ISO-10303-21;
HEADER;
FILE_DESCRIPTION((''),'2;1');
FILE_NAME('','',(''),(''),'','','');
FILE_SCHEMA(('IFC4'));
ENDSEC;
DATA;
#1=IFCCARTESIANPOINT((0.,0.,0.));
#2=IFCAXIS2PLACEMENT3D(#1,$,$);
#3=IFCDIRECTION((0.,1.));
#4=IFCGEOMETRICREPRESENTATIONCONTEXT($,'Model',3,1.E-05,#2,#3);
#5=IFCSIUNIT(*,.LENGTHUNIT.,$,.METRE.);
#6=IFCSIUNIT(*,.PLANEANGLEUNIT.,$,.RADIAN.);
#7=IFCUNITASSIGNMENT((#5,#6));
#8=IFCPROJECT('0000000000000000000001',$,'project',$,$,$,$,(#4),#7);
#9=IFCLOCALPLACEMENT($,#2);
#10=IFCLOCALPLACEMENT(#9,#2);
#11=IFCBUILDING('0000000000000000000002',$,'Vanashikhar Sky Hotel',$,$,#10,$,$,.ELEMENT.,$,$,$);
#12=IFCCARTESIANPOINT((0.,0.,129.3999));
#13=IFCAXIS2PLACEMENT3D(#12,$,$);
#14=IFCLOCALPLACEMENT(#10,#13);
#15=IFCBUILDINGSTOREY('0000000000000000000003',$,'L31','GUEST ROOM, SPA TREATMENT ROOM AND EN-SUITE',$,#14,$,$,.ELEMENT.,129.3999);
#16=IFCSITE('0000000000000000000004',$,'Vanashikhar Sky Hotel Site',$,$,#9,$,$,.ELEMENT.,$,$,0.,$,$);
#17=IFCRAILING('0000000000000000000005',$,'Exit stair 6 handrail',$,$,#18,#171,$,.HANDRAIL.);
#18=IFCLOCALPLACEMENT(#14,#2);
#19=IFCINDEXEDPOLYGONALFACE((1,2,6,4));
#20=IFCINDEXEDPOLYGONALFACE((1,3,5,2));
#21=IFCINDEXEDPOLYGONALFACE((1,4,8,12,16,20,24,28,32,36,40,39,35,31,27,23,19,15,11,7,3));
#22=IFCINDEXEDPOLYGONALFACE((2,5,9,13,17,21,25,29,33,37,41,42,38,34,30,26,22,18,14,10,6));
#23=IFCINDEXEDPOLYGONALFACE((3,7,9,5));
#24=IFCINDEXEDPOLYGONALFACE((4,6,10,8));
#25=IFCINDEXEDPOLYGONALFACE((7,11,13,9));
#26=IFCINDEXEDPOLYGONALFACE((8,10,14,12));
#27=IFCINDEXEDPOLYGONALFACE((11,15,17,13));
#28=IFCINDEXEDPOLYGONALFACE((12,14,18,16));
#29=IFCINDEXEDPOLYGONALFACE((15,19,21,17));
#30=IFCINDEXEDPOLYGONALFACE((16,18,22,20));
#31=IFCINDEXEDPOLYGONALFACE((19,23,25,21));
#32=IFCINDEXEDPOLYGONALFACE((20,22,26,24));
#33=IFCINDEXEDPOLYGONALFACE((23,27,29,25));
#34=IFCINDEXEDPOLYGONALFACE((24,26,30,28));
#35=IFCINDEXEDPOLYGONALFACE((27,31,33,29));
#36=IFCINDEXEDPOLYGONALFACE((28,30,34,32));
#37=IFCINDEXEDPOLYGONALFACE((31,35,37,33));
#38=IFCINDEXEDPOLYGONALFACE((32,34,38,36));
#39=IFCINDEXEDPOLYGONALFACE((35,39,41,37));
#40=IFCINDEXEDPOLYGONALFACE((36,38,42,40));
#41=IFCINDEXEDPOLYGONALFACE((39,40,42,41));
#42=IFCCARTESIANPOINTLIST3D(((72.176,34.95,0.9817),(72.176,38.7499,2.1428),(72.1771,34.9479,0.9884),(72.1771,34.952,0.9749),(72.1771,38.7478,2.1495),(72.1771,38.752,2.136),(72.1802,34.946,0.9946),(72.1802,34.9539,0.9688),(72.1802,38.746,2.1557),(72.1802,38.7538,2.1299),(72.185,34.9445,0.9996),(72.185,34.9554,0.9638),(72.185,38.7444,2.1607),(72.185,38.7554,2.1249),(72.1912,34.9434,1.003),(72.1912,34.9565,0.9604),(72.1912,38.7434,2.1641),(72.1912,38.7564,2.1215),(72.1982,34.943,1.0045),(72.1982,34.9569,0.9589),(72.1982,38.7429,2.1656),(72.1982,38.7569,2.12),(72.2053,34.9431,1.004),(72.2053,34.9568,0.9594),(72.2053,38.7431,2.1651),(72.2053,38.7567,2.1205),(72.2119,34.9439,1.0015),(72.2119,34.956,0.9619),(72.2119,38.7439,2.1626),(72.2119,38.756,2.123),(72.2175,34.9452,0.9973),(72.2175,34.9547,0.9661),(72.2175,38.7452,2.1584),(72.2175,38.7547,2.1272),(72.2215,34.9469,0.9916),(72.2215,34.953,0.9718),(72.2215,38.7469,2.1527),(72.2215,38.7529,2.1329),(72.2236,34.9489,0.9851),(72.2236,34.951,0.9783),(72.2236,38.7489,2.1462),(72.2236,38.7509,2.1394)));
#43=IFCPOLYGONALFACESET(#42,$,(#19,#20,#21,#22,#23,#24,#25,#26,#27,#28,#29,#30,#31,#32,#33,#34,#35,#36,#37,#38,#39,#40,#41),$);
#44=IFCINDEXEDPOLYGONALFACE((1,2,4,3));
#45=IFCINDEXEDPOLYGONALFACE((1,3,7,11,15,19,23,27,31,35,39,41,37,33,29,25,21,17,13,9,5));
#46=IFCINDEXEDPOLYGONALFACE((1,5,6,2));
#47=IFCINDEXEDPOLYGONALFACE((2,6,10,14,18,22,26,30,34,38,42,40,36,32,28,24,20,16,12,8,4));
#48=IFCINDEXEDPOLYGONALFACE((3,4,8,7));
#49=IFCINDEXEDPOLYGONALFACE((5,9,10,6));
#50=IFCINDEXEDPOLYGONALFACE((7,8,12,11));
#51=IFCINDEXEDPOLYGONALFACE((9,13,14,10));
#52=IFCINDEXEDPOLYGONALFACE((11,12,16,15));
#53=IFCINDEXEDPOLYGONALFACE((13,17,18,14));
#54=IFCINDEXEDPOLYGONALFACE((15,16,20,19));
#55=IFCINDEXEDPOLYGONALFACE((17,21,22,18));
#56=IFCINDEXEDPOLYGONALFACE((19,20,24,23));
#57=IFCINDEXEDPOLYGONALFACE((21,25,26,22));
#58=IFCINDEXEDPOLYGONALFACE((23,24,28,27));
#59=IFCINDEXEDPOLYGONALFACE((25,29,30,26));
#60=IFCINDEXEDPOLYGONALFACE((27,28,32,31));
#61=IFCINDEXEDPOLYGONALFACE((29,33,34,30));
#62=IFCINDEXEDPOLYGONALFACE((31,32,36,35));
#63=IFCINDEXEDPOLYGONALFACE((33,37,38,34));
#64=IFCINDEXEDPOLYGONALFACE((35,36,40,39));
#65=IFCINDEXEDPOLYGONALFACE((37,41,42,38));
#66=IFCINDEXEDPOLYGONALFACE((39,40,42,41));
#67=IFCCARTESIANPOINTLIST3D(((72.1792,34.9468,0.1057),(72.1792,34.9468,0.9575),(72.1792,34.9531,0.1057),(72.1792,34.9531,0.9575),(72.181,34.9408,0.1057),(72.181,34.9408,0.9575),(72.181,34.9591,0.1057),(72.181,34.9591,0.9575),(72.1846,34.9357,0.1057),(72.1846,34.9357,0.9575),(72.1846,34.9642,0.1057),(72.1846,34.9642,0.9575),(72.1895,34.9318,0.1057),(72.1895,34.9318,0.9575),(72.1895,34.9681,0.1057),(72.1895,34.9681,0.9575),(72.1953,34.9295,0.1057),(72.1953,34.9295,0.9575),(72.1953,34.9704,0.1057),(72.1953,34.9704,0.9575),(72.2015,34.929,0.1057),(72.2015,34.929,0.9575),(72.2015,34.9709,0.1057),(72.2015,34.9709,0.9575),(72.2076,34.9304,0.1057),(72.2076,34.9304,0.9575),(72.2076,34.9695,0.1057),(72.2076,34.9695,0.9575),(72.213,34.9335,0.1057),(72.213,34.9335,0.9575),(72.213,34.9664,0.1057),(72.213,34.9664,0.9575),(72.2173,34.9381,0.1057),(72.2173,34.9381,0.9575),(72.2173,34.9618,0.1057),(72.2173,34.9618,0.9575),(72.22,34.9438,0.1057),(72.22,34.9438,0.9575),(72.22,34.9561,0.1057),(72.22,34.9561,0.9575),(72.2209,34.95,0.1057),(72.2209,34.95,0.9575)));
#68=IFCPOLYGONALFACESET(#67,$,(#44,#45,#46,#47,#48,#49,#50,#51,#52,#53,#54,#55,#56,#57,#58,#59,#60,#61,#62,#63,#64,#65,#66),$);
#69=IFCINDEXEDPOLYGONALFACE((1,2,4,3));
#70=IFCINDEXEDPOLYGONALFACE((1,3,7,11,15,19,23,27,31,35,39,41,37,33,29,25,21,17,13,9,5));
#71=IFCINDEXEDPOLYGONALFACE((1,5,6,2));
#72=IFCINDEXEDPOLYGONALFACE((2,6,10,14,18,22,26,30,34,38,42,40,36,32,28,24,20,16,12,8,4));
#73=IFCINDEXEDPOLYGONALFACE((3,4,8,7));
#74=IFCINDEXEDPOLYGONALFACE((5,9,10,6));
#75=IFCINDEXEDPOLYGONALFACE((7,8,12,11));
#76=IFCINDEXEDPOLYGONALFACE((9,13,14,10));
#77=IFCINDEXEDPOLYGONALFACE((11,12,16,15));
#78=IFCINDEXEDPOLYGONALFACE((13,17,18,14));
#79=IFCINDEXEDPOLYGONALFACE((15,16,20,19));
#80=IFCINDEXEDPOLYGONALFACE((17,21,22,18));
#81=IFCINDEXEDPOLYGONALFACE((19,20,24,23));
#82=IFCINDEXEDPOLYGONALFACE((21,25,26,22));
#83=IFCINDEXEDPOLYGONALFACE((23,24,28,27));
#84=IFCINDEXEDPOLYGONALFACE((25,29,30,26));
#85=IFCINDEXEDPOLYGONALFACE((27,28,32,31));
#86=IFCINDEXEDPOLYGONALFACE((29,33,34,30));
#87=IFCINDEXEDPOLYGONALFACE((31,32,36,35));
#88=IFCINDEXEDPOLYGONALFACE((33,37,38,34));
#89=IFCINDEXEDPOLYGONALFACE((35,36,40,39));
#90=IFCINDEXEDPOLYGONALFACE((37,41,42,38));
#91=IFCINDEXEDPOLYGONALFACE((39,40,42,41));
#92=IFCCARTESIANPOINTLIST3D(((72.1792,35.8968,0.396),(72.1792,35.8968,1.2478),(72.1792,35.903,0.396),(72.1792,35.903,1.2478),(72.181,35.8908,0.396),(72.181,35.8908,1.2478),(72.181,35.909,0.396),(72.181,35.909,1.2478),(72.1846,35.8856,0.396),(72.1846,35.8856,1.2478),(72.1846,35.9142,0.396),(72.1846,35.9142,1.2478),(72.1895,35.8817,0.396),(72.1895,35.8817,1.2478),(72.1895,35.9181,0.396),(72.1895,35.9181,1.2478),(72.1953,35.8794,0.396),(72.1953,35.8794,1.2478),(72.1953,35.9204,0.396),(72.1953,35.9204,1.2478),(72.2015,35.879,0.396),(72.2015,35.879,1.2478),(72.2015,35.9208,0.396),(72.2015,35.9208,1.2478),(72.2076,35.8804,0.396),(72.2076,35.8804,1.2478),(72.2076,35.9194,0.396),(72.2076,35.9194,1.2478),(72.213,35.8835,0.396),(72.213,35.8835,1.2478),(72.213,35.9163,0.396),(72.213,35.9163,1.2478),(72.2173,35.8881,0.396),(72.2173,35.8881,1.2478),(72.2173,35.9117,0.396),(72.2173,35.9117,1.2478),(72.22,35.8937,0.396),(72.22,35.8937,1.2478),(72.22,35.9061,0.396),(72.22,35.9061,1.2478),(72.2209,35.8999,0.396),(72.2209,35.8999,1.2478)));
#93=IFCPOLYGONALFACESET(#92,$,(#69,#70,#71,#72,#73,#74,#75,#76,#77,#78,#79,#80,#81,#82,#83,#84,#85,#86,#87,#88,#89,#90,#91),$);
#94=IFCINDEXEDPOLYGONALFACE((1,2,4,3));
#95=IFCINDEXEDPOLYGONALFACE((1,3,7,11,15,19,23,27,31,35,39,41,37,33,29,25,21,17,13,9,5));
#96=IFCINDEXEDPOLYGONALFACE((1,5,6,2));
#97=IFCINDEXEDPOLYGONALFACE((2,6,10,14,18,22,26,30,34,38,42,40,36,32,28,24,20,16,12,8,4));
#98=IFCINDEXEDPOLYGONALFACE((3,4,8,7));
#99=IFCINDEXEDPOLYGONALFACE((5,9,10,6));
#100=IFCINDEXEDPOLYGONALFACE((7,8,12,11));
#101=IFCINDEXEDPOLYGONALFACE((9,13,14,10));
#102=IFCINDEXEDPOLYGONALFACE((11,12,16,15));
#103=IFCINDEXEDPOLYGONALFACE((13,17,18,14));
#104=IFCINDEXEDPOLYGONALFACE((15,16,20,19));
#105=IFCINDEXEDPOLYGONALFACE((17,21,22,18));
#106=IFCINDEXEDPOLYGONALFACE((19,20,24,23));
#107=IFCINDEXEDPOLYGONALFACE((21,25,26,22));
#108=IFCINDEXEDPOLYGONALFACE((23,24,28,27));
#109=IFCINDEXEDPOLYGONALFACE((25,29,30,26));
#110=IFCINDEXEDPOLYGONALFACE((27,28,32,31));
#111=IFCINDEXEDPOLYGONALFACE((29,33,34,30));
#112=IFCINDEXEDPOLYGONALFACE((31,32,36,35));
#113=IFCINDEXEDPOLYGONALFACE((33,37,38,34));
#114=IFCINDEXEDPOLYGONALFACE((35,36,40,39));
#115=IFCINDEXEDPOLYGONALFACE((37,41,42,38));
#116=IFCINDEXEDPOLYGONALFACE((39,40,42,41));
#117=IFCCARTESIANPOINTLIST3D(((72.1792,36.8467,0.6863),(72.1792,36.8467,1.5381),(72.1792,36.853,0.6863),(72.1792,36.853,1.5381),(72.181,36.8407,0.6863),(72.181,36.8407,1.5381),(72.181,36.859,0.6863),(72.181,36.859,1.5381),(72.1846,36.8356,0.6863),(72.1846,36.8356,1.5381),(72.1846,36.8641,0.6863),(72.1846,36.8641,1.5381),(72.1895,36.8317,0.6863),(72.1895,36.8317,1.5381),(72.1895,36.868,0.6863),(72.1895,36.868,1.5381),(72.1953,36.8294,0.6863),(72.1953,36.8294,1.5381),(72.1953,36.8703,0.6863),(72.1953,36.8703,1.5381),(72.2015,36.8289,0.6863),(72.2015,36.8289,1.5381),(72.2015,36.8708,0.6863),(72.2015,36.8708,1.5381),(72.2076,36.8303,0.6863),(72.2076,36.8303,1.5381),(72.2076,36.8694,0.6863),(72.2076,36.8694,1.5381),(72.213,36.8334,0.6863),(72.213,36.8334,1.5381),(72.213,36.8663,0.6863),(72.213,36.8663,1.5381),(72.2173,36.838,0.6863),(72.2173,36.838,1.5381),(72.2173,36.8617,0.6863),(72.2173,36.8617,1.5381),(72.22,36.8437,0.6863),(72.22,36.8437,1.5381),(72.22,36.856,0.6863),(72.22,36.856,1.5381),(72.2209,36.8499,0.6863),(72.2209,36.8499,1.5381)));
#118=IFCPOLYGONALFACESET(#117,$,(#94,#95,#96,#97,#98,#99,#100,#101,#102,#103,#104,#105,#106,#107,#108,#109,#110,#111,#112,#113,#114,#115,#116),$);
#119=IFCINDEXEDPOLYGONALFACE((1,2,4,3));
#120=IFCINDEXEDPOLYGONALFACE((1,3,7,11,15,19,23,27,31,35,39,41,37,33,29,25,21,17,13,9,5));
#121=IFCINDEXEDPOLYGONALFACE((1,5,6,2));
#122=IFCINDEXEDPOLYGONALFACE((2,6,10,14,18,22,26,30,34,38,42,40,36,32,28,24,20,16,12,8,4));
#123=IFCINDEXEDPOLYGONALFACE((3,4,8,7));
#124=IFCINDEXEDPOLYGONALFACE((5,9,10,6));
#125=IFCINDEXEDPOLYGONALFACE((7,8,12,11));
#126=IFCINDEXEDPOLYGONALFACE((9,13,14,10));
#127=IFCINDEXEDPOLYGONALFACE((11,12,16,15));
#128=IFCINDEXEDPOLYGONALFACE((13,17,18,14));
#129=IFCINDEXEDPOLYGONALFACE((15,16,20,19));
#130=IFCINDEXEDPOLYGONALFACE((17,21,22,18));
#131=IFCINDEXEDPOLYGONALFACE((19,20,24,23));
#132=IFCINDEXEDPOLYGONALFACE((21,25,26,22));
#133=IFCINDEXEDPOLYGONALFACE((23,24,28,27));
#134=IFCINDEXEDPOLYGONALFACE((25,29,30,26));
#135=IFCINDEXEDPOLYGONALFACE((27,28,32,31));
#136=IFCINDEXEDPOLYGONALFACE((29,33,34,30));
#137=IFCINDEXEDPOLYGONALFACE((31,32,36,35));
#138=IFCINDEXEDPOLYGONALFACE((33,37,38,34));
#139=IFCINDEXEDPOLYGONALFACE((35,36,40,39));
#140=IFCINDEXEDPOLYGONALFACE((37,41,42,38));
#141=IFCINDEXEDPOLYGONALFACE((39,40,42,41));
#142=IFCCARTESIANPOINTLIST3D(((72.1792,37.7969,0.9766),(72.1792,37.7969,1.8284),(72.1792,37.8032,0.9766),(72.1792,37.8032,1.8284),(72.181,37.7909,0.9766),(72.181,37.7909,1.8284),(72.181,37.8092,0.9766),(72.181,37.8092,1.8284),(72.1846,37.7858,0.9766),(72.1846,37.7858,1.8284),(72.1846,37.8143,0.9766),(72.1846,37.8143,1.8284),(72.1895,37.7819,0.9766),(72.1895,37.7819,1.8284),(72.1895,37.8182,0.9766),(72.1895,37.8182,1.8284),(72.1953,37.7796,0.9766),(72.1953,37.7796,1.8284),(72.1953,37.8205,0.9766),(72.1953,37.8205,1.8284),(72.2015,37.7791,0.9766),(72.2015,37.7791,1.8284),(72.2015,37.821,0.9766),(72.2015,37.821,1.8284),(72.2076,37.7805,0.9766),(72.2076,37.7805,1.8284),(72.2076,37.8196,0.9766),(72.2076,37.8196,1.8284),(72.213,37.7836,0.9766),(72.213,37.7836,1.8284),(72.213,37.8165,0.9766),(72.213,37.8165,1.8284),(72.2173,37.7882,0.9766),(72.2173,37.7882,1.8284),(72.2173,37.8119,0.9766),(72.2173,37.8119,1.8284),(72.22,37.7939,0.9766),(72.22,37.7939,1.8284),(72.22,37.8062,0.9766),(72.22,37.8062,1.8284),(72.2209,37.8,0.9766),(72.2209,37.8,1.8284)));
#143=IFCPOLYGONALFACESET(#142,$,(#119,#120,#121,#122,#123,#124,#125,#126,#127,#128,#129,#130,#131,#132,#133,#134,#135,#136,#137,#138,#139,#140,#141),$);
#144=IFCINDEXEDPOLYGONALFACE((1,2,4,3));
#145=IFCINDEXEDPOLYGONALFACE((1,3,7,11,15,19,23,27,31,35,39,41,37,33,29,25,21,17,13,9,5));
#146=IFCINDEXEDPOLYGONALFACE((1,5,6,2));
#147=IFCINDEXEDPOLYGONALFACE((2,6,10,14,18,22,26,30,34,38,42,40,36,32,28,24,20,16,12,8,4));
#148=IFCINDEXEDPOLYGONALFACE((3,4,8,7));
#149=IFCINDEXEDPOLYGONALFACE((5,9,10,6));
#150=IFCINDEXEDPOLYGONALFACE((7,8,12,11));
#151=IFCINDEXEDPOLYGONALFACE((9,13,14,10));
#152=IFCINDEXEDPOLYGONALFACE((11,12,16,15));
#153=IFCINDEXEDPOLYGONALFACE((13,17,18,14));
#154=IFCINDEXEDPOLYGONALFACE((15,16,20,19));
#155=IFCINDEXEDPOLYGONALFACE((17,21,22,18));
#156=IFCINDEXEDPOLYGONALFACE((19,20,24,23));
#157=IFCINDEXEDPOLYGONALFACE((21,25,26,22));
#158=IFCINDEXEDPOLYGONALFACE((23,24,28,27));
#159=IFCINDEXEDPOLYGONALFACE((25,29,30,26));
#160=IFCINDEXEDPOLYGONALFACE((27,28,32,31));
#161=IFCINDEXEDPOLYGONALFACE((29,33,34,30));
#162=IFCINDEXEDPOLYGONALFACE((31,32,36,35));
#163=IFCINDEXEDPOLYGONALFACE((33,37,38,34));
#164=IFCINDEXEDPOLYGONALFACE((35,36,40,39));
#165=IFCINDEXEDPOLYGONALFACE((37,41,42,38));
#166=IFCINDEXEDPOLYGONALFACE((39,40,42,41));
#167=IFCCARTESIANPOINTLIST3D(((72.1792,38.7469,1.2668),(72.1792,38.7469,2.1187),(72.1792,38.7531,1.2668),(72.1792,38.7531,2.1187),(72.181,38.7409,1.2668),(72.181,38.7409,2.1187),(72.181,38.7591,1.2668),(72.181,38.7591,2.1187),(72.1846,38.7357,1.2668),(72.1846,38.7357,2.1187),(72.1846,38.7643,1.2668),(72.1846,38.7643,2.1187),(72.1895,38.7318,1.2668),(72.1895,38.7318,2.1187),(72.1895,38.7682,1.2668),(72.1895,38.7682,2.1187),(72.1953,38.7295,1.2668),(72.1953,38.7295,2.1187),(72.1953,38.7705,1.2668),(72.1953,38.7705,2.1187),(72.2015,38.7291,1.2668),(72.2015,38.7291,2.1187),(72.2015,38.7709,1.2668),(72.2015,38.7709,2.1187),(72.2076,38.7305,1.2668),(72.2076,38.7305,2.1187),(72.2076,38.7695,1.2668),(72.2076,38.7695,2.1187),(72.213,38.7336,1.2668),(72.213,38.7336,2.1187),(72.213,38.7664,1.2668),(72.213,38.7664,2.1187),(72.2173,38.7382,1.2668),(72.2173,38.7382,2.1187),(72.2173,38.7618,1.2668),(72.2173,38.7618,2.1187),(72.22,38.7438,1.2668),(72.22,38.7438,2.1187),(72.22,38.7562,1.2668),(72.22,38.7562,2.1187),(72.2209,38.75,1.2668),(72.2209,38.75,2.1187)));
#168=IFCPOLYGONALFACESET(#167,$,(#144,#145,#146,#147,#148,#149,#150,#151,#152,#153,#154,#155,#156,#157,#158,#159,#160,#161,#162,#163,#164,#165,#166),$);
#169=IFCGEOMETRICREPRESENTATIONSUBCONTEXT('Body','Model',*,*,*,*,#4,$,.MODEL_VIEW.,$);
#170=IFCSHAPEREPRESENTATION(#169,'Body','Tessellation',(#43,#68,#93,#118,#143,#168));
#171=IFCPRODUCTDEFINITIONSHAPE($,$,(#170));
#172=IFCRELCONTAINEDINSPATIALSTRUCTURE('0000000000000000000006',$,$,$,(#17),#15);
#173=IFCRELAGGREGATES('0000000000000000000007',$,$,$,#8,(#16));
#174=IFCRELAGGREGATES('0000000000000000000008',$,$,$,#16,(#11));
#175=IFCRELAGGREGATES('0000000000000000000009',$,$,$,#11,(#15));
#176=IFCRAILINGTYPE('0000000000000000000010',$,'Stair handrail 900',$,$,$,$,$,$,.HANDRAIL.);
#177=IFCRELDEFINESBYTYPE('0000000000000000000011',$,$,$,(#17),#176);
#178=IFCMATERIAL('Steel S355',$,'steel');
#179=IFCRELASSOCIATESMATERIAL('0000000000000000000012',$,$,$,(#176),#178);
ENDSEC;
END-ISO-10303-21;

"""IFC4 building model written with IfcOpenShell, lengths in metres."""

from ifc_helpers import new_model, si_unit, direction, frame, origin, origin_2d, place, context, subcontext, project, spatial, circle, extrude, source, transform, mapped, material, type_object, element, save


model = new_model("IFC4")

# Units and contexts
model_context = context("Model", 3, precision=1e-05, world=origin(), true_north=direction((0.0, 1.0)))
body_context = subcontext(model_context, "Body", "Model", "MODEL_VIEW")
ifc_project = project(units=[si_unit("LENGTHUNIT", "METRE"), si_unit("PLANEANGLEUNIT", "RADIAN")], contexts=[model_context])

# Site, building, storey
site_placement = place(None, origin())
site = spatial("IfcSite", under=ifc_project, at=site_placement, Name="Vanashikhar Sky Hotel Site", CompositionType="ELEMENT", RefElevation=0.0)
building_placement = place(site_placement, origin())
building = spatial("IfcBuilding", under=site, at=building_placement, Name="Vanashikhar Sky Hotel", CompositionType="ELEMENT")
storey_placement = place(building_placement, frame((0.0, 0.0, 129.3999)))
storey = spatial("IfcBuildingStorey", under=building, at=storey_placement, Name="L31", Description="GUEST ROOM, SPA TREATMENT ROOM AND EN-SUITE", CompositionType="ELEMENT", Elevation=129.3999)

# Railing
ifc_material_1 = material(Name="Steel S355", Category="steel")
railing_type_1 = type_object("IfcRailingType", Name="Stair handrail 900", PredefinedType="HANDRAIL", material=ifc_material_1)
shared_shape_1 = source(origin(), body_context, "Body", "SweptSolid", [
    extrude(circle(Radius=0.0239, at=origin_2d()), frame((0.0, 0.0, 0.876), z_axis=(0.0, 0.956351, 0.29222), x_axis=(-1.0, 0.0, 0.0)), (0.0, 0.0, 1.0), 3.9734),
    extrude(circle(Radius=0.021, at=origin_2d()), origin(), (0.0, 0.0, 1.0), 0.8518),
    extrude(circle(Radius=0.021, at=origin_2d()), frame((0.0, 0.95, 0.2903)), (0.0, 0.0, 1.0), 0.8518),
    extrude(circle(Radius=0.021, at=origin_2d()), frame((0.0, 1.8999, 0.5806)), (0.0, 0.0, 1.0), 0.8518),
    extrude(circle(Radius=0.021, at=origin_2d()), frame((0.0, 2.8501, 0.8708)), (0.0, 0.0, 1.0), 0.8518),
    extrude(circle(Radius=0.021, at=origin_2d()), frame((0.0, 3.8, 1.1611)), (0.0, 0.0, 1.0), 0.8518),
])
for number, where, name in (
    (1, (72.2, 34.95, 0.1057), "Exit stair 6 handrail"),
):
    element("IfcRailing", number, at=place(storey_placement, frame(where)), inside=storey, type_object=railing_type_1, Name=name, PredefinedType="HANDRAIL", context=body_context, shape_type="MappedRepresentation", body=[
        mapped(shared_shape_1, transform((0.0, 0.0, 0.0), scale=1.0)),
    ])

save(model, "model.ifc")
